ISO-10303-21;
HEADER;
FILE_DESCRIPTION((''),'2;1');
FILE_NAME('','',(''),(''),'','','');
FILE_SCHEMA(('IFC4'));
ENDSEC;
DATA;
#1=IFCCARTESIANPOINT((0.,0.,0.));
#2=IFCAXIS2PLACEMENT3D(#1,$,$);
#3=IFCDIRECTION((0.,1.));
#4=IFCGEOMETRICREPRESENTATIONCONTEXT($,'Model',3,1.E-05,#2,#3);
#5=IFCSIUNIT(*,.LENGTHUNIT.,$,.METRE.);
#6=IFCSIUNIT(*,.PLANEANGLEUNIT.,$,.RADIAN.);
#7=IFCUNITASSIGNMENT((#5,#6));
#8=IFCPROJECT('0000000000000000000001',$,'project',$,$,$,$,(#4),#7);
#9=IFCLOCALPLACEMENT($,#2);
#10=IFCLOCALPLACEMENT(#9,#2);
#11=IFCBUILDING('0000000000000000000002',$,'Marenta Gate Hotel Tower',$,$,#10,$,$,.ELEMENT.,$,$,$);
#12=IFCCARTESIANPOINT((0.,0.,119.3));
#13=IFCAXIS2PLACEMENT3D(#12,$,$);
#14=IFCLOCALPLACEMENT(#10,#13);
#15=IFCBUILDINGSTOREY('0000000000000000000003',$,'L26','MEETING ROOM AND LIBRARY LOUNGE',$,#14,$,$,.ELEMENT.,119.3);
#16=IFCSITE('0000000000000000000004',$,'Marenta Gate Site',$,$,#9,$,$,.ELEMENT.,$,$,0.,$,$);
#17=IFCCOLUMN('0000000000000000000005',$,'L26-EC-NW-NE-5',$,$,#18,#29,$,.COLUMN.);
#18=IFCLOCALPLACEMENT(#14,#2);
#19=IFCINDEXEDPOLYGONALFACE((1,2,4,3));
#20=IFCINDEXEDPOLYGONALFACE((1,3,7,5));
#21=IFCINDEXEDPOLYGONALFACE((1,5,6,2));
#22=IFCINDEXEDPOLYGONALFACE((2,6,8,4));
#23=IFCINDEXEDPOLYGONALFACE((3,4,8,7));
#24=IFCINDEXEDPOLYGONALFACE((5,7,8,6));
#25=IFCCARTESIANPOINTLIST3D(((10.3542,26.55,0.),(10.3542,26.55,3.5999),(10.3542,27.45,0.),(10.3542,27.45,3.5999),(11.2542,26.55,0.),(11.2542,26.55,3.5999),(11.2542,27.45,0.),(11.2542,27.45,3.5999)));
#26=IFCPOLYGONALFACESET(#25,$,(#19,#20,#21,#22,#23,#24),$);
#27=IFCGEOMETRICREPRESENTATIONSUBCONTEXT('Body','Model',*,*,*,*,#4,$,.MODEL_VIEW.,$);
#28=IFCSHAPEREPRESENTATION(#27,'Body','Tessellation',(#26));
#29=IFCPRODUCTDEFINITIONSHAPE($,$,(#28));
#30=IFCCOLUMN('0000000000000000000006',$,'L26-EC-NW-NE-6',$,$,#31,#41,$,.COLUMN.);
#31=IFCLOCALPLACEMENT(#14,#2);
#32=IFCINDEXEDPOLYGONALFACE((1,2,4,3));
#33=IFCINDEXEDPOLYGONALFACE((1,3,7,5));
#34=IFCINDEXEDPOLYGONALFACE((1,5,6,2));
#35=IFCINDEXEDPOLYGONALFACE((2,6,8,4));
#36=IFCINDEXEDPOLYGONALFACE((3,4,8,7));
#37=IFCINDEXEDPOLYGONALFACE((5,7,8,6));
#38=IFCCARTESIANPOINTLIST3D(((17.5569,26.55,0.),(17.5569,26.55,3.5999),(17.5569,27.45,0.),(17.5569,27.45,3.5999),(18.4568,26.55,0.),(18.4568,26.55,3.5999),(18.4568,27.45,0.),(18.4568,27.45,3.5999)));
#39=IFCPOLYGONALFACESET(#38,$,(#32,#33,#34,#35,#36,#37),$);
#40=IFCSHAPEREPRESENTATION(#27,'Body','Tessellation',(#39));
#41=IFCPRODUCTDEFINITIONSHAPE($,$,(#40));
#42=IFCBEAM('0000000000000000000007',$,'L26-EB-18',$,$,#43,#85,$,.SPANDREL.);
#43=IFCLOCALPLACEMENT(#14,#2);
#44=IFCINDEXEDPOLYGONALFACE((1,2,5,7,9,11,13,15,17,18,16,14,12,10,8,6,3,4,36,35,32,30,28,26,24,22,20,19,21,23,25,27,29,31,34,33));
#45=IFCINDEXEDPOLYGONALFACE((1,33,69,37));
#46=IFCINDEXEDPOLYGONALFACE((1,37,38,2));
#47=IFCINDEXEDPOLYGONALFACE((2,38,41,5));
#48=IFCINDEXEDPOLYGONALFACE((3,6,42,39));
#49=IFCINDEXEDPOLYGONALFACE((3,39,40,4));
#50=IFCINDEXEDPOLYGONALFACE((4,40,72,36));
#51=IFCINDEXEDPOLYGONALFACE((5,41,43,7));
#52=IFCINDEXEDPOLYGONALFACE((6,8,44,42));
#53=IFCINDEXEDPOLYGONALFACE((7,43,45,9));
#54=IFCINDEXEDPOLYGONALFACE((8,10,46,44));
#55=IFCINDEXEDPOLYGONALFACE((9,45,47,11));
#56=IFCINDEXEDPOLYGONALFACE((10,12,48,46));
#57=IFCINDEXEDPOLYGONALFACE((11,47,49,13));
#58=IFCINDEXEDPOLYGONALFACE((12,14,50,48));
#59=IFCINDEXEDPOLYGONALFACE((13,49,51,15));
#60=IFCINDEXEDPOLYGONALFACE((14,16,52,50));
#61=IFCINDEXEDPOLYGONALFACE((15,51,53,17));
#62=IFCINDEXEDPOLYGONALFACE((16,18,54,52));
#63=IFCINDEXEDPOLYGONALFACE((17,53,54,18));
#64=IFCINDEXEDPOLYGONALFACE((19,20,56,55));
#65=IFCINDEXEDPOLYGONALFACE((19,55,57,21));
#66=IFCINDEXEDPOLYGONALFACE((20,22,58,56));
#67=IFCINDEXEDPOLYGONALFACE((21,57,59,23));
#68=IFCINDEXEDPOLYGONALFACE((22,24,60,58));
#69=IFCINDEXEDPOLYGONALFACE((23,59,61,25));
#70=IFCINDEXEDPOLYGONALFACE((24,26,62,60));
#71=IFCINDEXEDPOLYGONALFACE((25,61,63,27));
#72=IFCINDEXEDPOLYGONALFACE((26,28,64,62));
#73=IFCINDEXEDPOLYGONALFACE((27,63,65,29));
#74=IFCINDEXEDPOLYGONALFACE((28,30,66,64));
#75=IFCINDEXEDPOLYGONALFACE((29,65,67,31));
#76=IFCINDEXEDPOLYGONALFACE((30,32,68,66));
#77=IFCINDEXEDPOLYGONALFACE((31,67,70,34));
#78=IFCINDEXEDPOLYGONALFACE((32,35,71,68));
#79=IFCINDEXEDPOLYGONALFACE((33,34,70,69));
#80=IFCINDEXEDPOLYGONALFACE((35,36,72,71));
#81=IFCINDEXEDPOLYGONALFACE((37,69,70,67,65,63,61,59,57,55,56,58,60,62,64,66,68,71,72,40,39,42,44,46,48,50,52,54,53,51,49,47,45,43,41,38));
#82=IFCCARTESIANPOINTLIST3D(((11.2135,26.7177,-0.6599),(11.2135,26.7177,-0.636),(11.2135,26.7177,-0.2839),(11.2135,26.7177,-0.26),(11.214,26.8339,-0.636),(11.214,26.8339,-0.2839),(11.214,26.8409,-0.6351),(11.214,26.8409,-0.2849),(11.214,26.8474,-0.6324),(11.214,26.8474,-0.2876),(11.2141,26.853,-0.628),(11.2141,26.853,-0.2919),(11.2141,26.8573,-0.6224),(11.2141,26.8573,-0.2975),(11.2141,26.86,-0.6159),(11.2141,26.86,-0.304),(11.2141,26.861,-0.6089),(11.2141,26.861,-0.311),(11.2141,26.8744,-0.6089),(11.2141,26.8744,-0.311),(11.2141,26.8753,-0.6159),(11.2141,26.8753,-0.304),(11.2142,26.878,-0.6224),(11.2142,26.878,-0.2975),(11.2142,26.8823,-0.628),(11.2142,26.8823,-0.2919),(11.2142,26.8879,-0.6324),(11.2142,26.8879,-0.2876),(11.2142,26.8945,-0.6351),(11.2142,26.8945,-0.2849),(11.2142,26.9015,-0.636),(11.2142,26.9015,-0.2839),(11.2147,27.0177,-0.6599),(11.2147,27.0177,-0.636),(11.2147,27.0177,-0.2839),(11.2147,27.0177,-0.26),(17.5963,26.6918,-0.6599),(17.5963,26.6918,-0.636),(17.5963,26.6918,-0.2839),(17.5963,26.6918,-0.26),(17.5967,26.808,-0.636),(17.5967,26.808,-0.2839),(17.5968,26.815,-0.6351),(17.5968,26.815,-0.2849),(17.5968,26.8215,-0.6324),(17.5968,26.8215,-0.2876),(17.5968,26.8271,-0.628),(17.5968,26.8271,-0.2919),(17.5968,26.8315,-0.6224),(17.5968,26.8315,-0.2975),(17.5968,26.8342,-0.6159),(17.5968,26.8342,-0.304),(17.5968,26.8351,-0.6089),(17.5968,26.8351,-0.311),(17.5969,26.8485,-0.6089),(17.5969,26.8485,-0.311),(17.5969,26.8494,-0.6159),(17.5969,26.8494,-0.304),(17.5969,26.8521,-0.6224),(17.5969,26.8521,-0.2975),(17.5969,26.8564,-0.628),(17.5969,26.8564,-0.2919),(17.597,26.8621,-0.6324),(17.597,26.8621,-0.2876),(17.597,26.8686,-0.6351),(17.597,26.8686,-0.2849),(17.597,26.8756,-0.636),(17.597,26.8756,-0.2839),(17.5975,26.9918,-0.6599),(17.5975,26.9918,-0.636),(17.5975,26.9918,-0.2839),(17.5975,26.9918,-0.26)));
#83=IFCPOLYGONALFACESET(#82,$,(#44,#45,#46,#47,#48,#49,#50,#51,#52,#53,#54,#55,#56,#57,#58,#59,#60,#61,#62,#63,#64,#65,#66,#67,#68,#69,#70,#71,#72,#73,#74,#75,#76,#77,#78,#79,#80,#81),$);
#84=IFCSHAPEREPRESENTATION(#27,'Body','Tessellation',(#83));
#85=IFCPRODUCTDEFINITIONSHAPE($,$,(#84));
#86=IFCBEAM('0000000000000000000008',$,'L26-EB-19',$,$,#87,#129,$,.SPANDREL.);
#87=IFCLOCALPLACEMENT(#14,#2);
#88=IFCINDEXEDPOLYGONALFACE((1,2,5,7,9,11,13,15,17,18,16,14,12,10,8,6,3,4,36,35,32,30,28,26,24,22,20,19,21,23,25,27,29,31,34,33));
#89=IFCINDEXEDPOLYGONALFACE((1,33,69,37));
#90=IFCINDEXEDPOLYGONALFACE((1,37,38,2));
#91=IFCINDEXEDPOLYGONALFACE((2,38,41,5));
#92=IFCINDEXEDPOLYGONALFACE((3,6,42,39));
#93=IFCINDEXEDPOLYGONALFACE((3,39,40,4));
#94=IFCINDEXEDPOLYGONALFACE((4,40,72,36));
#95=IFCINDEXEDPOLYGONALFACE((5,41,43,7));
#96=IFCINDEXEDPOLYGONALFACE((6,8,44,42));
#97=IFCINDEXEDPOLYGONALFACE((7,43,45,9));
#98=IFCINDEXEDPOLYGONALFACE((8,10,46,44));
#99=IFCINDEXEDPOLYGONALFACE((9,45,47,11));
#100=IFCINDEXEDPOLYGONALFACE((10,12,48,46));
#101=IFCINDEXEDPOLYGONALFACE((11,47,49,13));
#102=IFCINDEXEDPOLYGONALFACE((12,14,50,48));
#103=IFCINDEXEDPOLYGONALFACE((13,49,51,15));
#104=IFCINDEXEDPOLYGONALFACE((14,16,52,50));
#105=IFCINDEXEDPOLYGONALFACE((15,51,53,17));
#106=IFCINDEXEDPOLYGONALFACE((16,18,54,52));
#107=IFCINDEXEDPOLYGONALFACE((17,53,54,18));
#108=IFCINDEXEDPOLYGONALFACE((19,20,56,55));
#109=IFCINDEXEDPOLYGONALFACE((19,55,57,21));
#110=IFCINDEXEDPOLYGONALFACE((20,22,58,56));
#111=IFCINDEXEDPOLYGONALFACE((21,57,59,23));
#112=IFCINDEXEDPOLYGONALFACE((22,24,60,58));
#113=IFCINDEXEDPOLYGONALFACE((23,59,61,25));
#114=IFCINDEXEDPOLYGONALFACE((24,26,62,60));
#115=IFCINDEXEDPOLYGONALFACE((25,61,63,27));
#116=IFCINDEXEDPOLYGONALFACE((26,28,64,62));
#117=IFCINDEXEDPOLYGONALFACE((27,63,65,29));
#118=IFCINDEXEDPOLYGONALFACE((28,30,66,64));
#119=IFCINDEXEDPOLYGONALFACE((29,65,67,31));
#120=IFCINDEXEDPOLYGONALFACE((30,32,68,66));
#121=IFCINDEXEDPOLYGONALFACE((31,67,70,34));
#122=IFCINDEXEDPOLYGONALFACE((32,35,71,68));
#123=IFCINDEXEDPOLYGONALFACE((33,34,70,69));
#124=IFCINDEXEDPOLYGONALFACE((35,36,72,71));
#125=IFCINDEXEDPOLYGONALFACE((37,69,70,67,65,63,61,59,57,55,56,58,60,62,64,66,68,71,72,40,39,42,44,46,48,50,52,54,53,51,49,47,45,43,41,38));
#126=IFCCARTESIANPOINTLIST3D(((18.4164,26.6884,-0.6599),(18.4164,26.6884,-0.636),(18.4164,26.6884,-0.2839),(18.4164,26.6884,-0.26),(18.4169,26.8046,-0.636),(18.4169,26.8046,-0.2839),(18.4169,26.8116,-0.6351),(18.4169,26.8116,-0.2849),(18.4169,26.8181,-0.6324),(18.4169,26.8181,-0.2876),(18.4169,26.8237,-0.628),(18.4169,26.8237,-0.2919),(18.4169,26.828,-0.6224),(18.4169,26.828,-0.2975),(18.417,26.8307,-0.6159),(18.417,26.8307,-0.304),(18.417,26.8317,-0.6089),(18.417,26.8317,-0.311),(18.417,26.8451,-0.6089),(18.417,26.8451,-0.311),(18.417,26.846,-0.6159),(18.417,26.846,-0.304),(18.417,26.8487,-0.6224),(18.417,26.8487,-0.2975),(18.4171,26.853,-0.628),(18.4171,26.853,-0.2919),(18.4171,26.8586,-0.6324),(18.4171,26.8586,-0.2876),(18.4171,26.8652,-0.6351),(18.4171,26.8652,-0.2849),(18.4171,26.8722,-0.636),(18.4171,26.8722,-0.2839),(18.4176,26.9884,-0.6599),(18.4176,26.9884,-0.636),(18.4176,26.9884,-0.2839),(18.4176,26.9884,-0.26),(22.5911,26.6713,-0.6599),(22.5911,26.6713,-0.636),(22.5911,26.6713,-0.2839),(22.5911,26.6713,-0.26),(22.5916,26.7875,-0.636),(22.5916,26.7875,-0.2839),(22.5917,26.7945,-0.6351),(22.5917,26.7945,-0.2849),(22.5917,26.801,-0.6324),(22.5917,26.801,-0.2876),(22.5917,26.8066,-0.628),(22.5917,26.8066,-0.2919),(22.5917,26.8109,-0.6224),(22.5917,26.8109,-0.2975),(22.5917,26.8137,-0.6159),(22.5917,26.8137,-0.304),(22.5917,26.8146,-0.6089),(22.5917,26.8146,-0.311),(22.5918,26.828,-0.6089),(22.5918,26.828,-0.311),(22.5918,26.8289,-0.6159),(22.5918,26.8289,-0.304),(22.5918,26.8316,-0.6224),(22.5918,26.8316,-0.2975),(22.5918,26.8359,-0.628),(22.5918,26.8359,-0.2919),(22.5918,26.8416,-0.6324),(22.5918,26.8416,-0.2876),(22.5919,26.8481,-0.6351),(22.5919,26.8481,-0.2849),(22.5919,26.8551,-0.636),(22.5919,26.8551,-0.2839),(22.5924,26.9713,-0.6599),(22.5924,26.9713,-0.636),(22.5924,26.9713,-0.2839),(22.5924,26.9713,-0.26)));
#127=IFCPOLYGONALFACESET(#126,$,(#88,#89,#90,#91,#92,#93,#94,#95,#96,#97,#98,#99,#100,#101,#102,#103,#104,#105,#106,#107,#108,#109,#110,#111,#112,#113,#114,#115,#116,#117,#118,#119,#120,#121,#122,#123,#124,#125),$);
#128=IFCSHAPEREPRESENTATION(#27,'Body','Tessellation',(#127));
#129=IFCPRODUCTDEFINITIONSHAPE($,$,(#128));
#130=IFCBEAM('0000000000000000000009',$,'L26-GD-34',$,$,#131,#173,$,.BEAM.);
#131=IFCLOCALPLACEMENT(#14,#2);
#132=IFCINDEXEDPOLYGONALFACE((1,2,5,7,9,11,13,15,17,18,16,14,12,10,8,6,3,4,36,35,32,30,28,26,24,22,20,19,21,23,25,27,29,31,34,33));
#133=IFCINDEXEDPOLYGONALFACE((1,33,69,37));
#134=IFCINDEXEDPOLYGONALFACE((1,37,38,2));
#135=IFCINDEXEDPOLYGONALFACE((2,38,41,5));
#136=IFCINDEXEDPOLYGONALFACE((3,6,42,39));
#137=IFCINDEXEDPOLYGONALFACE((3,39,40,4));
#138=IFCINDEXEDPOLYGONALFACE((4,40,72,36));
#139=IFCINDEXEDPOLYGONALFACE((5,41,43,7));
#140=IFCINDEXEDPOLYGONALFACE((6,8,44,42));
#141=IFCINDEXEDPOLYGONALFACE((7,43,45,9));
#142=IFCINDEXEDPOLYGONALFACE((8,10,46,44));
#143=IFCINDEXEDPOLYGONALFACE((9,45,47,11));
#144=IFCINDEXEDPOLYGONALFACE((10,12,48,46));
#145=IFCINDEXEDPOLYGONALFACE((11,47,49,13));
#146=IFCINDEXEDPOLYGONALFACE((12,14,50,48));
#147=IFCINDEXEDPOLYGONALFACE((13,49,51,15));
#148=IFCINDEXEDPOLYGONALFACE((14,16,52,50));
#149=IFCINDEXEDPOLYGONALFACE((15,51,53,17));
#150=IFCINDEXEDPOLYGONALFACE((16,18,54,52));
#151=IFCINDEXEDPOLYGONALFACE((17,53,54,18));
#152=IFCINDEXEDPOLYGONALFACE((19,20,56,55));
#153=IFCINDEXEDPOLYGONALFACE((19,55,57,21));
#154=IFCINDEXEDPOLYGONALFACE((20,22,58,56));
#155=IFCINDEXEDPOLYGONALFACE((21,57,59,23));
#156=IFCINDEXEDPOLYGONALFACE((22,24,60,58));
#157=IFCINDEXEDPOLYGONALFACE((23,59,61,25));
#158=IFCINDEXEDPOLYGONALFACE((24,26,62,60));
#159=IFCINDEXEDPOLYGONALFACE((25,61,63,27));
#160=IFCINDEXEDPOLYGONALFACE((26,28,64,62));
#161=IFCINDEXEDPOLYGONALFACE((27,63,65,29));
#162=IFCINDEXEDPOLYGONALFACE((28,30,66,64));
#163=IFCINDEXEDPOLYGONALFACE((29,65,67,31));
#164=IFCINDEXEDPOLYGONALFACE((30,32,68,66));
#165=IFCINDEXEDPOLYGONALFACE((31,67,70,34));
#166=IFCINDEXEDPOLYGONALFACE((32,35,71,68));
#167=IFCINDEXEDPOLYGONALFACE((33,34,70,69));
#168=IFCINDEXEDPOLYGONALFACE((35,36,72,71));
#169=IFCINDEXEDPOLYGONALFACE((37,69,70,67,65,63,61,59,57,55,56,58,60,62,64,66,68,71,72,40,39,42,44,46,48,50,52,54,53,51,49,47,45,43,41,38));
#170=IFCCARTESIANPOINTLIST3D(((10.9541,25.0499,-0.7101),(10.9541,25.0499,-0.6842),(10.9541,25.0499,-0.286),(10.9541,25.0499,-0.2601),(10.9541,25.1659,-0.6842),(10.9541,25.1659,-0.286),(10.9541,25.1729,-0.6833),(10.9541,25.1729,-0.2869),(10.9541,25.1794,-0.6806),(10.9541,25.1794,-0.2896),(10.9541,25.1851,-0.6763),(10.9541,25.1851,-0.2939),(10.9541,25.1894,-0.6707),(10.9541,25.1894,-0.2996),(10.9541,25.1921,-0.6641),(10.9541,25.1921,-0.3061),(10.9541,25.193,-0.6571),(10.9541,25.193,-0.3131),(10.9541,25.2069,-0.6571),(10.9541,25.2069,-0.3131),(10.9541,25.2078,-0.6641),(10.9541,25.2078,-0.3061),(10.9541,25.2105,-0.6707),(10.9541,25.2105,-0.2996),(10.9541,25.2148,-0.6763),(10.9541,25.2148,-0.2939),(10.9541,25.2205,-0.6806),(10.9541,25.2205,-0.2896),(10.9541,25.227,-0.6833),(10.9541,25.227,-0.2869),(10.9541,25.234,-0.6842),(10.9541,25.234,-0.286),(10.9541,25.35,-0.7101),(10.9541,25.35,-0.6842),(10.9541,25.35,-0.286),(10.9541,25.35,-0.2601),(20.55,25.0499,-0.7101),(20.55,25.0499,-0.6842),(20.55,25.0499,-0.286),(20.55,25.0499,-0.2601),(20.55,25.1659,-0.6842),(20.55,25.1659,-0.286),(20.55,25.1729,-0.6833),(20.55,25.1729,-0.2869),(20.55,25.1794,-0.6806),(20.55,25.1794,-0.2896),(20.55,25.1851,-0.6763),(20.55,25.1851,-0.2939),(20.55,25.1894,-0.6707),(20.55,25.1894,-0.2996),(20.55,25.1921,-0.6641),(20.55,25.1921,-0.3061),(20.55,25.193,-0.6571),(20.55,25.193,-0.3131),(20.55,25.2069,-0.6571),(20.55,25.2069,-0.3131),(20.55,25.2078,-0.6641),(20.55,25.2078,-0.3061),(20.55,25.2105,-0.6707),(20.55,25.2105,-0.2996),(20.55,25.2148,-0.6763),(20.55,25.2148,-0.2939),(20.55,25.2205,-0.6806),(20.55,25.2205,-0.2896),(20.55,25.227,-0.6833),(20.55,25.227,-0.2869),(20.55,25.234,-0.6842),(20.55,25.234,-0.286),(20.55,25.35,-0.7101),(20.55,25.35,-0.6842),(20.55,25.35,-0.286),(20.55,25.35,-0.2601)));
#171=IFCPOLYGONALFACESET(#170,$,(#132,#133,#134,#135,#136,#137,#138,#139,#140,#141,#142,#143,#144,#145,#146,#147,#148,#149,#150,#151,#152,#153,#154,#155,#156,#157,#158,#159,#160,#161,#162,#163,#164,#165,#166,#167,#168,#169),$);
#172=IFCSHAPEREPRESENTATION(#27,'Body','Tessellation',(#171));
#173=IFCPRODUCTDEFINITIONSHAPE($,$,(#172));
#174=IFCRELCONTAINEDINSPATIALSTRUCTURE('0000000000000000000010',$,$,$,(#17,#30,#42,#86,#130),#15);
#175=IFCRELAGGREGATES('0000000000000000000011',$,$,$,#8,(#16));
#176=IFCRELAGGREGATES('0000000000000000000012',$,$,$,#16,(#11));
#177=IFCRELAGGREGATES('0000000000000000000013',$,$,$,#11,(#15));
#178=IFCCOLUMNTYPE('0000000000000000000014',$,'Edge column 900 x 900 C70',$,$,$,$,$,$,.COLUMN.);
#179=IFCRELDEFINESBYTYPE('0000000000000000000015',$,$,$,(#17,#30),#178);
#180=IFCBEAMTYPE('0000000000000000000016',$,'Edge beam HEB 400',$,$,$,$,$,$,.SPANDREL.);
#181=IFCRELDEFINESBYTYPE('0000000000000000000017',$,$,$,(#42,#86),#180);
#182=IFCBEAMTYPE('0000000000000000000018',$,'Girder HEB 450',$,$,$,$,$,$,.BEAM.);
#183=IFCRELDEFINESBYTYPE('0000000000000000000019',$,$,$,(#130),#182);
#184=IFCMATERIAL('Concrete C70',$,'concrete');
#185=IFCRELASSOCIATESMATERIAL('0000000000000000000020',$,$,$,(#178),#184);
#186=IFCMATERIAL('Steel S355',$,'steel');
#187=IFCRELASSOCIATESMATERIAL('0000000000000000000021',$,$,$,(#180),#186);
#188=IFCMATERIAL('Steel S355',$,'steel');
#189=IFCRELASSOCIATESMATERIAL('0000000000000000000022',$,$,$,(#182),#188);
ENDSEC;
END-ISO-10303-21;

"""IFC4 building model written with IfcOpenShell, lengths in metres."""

from ifc_helpers import new_model, si_unit, direction, frame, origin, origin_2d, place, context, subcontext, project, spatial, rectangle, i_section, extrude, material, material_profile, profile_set, type_object, element, save


model = new_model("IFC4")

# Units and contexts
model_context = context("Model", 3, precision=1e-05, world=origin(), true_north=direction((0.0, 1.0)))
body_context = subcontext(model_context, "Body", "Model", "MODEL_VIEW")
ifc_project = project(units=[si_unit("LENGTHUNIT", "METRE"), si_unit("PLANEANGLEUNIT", "RADIAN")], contexts=[model_context])

# Site, building, storey
site_placement = place(None, origin())
site = spatial("IfcSite", under=ifc_project, at=site_placement, Name="Marenta Gate Site", CompositionType="ELEMENT", RefElevation=0.0)
building_placement = place(site_placement, origin())
building = spatial("IfcBuilding", under=site, at=building_placement, Name="Marenta Gate Hotel Tower", CompositionType="ELEMENT")
storey_placement = place(building_placement, frame((0.0, 0.0, 119.3)))
storey = spatial("IfcBuildingStorey", under=building, at=storey_placement, Name="L26", Description="MEETING ROOM AND LIBRARY LOUNGE", CompositionType="ELEMENT", Elevation=119.3)

# Columns
ifc_material_1 = material(Name="Concrete C70", Category="concrete")
ifc_material_profile_1 = material_profile(ifc_material_1, rectangle(XDim=0.8999, YDim=0.8999, at=origin_2d()), Name="900 x 900")
ifc_profile_set_1 = profile_set([ifc_material_profile_1], Name="Concrete C70")
column_type = type_object("IfcColumnType", Name="Edge column 900 x 900 C70", PredefinedType="COLUMN", material=ifc_profile_set_1)
for number, where, z_axis, x_axis, name in (
    (1, (10.8042, 27.0, 0.0), (0.0, 0.0, 1.0), (1.0, 0.0, 0.0), "L26-EC-NW-NE-5"),
    (2, (18.0068, 27.0, 0.0), (0.0, 0.0, 1.0), (1.0, 0.0, 0.0), "L26-EC-NW-NE-6"),
):
    element("IfcColumn", number, at=place(storey_placement, frame(where, z_axis=z_axis, x_axis=x_axis)), inside=storey, type_object=column_type, Name=name, PredefinedType="COLUMN", context=body_context, shape_type="SweptSolid", body=[
        extrude(rectangle(XDim=0.8999, YDim=0.8999, at=origin_2d()), origin(), (0.0, 0.0, 1.0), 3.5999),
    ])

# Beams
ifc_material_2 = material(Name="Steel S355", Category="steel")
ifc_material_profile_2 = material_profile(ifc_material_2, i_section(OverallWidth=0.3, OverallDepth=0.3999, WebThickness=0.0134, FlangeThickness=0.0239, FilletRadius=0.0271, at=origin_2d()), Name="HEB 400")
ifc_profile_set_2 = profile_set([ifc_material_profile_2], Name="Steel S355")
beam_type_1 = type_object("IfcBeamType", Name="Edge beam HEB 400", PredefinedType="SPANDREL", material=ifc_profile_set_2)
beam_1_placement = place(storey_placement, frame((11.2141, 26.8677, -0.46), z_axis=(0.999992, -0.004054, 0.0), x_axis=(0.004054, 0.999992, 0.0)))
element("IfcBeam", 3, at=beam_1_placement, inside=storey, type_object=beam_type_1, Name="L26-EB-18", PredefinedType="SPANDREL", context=body_context, shape_type="SweptSolid", body=[
    extrude(i_section(OverallWidth=0.3, OverallDepth=0.3999, WebThickness=0.0134, FlangeThickness=0.0239, FilletRadius=0.0271, at=origin_2d()), origin(), (0.0, 0.0, 1.0), 6.3828),
])
beam_2_placement = place(storey_placement, frame((18.417, 26.8384, -0.46), z_axis=(0.999992, -0.004094, 0.0), x_axis=(0.004094, 0.999992, 0.0)))
element("IfcBeam", 4, at=beam_2_placement, inside=storey, type_object=beam_type_1, Name="L26-EB-19", PredefinedType="SPANDREL", context=body_context, shape_type="SweptSolid", body=[
    extrude(i_section(OverallWidth=0.3, OverallDepth=0.3999, WebThickness=0.0134, FlangeThickness=0.0239, FilletRadius=0.0271, at=origin_2d()), origin(), (0.0, 0.0, 1.0), 4.1748),
])
ifc_material_3 = material(Name="Steel S355", Category="steel")
ifc_material_profile_3 = material_profile(ifc_material_3, i_section(OverallWidth=0.3, OverallDepth=0.45, WebThickness=0.0139, FlangeThickness=0.0259, FilletRadius=0.0271, at=origin_2d()), Name="HEB 450")
ifc_profile_set_3 = profile_set([ifc_material_profile_3], Name="Steel S355")
beam_type_2 = type_object("IfcBeamType", Name="Girder HEB 450", PredefinedType="BEAM", material=ifc_profile_set_3)
beam_3_placement = place(storey_placement, frame((10.9541, 25.2, -0.4851), z_axis=(1.0, 0.0, 0.0), x_axis=(0.0, 1.0, 0.0)))
element("IfcBeam", 5, at=beam_3_placement, inside=storey, type_object=beam_type_2, Name="L26-GD-34", PredefinedType="BEAM", context=body_context, shape_type="SweptSolid", body=[
    extrude(i_section(OverallWidth=0.3, OverallDepth=0.45, WebThickness=0.0139, FlangeThickness=0.0259, FilletRadius=0.0271, at=origin_2d()), origin(), (0.0, 0.0, 1.0), 9.5959),
])

save(model, "model.ifc")
